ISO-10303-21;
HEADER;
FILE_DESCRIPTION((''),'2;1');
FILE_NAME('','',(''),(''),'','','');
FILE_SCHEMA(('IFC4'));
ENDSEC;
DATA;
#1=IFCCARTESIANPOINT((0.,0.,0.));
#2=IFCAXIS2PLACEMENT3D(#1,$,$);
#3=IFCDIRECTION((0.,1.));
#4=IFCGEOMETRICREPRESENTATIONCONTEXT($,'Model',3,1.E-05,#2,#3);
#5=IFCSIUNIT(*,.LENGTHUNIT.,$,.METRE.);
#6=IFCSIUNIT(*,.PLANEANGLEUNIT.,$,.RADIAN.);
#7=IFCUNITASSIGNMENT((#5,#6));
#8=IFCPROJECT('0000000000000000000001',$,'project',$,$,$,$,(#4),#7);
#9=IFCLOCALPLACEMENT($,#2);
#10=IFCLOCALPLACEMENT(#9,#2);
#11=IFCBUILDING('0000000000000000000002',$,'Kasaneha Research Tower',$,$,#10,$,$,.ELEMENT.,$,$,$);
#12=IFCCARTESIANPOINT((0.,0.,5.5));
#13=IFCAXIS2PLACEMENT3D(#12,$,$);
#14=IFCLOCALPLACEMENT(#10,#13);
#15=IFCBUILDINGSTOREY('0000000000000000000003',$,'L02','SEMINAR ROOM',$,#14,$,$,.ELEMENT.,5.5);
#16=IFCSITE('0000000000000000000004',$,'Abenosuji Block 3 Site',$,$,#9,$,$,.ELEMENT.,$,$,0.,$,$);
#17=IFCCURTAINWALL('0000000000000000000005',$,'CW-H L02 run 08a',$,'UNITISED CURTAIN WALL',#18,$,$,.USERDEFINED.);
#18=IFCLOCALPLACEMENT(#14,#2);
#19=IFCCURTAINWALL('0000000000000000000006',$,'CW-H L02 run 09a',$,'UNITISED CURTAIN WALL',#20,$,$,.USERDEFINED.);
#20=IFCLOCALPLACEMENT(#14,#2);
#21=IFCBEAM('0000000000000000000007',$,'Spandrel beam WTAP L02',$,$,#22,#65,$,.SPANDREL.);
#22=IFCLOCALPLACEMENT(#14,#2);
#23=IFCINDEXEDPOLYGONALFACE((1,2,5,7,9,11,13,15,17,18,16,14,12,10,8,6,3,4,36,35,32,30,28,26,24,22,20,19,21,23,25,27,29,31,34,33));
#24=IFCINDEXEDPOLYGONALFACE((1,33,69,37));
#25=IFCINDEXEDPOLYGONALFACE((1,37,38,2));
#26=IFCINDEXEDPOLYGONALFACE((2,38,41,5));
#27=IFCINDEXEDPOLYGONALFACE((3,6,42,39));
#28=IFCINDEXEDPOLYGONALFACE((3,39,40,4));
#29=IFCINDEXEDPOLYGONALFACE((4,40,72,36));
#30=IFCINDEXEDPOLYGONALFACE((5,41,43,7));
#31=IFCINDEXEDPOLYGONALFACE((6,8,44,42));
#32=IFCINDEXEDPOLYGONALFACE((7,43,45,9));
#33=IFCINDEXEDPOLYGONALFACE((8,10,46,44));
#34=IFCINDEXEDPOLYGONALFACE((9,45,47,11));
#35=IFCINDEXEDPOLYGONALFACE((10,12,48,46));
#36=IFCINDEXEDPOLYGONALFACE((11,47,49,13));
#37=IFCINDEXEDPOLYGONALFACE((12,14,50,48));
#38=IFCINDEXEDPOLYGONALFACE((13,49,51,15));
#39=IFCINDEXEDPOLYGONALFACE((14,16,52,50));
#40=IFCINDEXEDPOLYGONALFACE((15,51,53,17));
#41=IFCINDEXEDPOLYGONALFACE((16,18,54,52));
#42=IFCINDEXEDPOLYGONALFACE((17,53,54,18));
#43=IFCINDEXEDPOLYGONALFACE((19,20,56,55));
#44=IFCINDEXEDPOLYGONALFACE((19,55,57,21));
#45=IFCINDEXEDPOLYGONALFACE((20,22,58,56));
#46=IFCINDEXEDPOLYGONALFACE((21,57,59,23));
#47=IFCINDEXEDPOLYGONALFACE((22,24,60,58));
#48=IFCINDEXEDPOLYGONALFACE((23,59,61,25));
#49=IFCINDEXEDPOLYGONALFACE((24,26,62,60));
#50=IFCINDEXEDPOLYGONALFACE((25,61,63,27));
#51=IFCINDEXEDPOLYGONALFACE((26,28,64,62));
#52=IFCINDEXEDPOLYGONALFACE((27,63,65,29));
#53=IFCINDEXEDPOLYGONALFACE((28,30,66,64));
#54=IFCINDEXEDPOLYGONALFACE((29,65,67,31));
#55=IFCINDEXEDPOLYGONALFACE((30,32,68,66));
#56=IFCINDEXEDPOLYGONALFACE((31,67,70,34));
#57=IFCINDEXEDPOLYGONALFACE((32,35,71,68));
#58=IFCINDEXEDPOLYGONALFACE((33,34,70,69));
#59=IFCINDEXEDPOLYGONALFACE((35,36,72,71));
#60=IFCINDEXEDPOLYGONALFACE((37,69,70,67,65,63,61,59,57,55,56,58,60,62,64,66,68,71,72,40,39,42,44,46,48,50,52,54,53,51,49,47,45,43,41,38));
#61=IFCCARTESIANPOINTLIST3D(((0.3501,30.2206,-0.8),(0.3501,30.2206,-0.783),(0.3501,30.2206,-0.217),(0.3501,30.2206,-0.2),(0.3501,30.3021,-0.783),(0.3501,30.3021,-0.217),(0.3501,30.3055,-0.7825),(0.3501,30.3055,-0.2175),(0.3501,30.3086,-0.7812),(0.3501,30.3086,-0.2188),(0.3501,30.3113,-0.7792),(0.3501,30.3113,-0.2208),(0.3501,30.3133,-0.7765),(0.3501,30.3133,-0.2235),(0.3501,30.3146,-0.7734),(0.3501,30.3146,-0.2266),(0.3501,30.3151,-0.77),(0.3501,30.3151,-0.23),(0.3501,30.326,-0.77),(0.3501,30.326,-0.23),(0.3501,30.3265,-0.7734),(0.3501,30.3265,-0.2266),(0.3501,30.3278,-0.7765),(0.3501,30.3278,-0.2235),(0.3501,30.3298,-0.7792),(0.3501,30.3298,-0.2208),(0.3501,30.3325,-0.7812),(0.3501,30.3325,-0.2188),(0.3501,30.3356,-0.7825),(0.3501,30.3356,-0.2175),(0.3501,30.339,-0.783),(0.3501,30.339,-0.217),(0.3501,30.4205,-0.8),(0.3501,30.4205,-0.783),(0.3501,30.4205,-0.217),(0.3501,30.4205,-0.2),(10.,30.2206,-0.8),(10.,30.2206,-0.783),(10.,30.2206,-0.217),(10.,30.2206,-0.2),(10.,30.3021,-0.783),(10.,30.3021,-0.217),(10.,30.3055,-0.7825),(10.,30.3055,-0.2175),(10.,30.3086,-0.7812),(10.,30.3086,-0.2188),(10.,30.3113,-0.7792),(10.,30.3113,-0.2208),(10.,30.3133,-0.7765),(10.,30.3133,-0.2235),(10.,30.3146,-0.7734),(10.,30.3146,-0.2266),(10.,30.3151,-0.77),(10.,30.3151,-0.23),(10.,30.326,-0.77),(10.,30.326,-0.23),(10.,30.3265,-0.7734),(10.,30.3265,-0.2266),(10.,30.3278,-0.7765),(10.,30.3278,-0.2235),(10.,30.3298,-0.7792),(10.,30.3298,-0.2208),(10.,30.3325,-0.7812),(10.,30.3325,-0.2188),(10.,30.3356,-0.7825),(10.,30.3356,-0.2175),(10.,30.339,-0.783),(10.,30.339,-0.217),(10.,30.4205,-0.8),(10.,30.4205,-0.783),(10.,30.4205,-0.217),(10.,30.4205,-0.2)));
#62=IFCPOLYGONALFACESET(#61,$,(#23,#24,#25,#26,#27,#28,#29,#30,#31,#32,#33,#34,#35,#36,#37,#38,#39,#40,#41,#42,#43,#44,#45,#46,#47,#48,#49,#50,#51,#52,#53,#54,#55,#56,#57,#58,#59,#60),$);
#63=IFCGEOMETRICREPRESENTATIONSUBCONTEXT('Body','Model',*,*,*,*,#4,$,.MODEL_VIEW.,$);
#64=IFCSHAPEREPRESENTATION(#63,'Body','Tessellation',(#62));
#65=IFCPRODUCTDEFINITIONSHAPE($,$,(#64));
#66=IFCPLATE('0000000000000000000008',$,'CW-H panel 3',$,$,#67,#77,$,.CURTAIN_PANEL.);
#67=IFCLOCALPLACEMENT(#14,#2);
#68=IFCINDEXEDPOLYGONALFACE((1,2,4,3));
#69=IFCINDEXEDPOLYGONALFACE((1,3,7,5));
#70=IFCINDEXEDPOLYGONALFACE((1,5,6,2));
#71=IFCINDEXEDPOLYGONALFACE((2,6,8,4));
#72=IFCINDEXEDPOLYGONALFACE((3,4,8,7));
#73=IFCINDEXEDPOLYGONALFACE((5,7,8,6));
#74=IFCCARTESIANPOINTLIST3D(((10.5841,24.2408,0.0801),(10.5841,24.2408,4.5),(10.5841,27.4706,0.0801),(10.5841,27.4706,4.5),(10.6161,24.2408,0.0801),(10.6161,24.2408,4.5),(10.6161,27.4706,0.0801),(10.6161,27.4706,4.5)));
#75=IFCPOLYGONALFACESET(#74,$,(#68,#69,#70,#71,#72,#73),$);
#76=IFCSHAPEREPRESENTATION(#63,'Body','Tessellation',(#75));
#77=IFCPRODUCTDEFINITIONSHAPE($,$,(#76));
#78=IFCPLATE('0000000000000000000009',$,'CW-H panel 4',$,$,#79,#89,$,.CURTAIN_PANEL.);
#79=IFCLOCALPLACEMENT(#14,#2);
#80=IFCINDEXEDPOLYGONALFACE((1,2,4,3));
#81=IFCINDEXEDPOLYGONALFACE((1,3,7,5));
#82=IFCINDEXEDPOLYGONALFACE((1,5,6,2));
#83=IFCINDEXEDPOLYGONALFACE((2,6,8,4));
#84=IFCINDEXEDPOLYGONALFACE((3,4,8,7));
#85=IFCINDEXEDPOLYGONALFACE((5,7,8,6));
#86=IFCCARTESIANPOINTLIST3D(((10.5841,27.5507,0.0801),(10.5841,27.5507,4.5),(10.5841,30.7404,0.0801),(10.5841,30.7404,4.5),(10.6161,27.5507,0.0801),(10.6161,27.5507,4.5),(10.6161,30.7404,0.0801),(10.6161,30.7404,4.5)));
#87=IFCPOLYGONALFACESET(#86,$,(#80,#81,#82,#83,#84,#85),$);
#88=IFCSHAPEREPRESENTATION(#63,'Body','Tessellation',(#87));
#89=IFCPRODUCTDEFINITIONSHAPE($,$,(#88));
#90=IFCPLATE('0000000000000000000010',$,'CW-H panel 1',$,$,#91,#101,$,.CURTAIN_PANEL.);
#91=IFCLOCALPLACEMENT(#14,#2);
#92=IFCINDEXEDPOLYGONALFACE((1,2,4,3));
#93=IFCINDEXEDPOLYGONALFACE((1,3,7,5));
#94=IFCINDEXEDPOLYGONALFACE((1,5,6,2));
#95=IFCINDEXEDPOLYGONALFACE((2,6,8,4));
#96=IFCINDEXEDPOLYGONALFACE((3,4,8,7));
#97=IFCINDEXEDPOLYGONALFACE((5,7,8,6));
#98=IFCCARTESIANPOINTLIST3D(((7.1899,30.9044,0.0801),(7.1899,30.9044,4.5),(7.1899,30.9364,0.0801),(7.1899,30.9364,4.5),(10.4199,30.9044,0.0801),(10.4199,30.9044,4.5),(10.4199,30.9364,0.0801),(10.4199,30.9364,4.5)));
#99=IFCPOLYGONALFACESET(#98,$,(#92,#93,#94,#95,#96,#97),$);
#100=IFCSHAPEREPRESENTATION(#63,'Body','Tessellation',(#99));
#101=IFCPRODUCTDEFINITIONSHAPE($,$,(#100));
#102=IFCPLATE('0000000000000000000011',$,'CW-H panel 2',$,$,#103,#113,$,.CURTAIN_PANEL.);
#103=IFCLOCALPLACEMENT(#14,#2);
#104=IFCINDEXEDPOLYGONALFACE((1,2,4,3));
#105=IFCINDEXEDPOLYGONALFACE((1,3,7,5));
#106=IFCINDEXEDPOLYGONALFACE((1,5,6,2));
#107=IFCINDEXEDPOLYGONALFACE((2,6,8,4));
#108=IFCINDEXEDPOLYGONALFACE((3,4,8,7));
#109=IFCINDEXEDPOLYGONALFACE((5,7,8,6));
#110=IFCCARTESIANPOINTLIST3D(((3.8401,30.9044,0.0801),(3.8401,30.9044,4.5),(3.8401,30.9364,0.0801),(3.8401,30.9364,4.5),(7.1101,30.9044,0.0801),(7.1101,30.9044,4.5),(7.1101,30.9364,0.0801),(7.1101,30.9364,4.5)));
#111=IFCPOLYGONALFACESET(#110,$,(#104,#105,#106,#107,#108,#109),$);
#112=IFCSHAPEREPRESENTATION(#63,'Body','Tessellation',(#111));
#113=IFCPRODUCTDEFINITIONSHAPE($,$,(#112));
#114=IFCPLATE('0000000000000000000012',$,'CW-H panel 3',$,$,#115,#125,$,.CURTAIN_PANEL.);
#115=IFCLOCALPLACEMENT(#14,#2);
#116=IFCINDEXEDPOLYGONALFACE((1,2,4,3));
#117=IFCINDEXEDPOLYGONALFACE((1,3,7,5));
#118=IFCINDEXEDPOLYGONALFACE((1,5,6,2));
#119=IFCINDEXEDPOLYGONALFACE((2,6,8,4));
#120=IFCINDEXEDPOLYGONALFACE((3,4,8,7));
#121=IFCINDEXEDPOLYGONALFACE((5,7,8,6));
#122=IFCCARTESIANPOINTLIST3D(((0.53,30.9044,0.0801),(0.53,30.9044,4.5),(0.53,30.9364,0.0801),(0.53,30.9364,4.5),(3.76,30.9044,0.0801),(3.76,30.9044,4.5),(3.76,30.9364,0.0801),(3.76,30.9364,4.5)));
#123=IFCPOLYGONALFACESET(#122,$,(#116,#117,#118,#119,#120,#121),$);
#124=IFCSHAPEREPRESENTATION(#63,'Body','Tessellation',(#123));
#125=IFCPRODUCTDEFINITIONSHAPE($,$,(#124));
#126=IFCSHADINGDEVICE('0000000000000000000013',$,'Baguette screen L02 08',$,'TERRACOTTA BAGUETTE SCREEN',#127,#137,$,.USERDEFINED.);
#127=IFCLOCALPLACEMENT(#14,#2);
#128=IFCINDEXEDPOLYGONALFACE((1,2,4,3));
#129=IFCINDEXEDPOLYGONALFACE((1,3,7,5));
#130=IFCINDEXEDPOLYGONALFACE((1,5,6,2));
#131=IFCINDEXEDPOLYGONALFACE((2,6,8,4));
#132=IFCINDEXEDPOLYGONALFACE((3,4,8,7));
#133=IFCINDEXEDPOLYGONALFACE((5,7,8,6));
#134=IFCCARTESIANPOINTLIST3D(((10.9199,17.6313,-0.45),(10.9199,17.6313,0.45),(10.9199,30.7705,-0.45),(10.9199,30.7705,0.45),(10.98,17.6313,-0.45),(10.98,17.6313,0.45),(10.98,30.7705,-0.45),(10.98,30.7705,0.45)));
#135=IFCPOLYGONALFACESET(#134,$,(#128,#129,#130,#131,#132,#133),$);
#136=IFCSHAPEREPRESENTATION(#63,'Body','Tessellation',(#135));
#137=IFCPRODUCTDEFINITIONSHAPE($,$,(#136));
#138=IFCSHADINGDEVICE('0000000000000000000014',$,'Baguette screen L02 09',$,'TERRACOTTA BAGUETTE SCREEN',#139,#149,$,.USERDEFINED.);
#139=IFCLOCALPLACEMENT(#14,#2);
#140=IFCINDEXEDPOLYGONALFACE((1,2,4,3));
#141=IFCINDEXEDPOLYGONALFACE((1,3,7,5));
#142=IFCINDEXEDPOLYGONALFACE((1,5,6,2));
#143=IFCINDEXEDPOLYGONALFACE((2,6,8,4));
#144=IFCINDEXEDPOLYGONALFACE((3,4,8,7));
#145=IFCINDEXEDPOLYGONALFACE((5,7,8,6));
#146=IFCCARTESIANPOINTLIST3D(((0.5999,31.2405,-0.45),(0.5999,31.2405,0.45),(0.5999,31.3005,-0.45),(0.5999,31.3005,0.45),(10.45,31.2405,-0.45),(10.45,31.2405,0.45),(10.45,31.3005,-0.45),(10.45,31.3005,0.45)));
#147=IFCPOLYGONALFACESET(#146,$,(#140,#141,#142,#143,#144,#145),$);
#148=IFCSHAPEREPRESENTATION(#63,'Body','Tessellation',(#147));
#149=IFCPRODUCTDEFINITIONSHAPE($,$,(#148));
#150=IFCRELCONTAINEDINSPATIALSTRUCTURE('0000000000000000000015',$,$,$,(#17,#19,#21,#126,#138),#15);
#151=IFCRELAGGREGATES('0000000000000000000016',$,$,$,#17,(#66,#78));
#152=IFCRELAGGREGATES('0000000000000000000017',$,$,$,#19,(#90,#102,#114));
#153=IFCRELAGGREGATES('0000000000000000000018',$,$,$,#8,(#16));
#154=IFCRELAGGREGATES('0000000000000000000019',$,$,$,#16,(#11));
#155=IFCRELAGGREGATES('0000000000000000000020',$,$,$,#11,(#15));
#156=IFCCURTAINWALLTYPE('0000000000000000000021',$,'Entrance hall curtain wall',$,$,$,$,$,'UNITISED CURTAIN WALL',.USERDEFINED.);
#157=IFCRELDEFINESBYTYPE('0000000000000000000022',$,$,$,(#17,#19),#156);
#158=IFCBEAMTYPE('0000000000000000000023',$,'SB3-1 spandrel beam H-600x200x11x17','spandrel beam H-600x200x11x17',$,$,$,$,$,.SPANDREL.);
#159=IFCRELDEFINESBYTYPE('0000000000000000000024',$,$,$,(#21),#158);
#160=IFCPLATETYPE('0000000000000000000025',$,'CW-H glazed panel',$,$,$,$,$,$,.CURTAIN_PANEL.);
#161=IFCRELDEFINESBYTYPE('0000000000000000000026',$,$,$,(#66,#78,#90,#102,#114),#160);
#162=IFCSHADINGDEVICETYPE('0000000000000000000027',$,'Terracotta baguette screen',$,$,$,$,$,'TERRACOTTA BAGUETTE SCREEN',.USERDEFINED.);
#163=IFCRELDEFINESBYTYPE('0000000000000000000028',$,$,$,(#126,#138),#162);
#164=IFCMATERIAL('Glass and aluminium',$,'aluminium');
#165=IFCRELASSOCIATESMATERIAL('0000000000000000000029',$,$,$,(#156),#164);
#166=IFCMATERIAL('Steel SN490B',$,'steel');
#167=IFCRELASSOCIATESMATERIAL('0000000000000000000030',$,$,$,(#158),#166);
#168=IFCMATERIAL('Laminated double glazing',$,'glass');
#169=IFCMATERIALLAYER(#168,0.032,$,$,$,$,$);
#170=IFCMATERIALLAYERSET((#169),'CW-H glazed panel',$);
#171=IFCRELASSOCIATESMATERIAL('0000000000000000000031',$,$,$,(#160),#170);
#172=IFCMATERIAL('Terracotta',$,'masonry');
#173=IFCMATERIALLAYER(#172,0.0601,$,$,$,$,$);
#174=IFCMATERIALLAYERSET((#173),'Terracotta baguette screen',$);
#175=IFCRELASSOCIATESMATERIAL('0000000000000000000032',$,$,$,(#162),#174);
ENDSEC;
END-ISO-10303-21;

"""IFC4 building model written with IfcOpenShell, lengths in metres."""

from ifc_helpers import new_model, si_unit, direction, frame, origin, origin_2d, place, context, subcontext, project, spatial, rectangle, i_section, extrude, material, layer, layer_set, material_profile, profile_set, type_object, element, aggregate, save


model = new_model("IFC4")

# Units and contexts
model_context = context("Model", 3, precision=1e-05, world=origin(), true_north=direction((0.0, 1.0)))
body_context = subcontext(model_context, "Body", "Model", "MODEL_VIEW")
ifc_project = project(units=[si_unit("LENGTHUNIT", "METRE"), si_unit("PLANEANGLEUNIT", "RADIAN")], contexts=[model_context])

# Site, building, storey
site_placement = place(None, origin())
site = spatial("IfcSite", under=ifc_project, at=site_placement, Name="Abenosuji Block 3 Site", CompositionType="ELEMENT", RefElevation=0.0)
building_placement = place(site_placement, origin())
building = spatial("IfcBuilding", under=site, at=building_placement, Name="Kasaneha Research Tower", CompositionType="ELEMENT")
storey_placement = place(building_placement, frame((0.0, 0.0, 5.5)))
storey = spatial("IfcBuildingStorey", under=building, at=storey_placement, Name="L02", Description="SEMINAR ROOM", CompositionType="ELEMENT", Elevation=5.5)

# Curtain walls
ifc_material_1 = material(Name="Glass and aluminium", Category="aluminium")
curtain_wall_type = type_object("IfcCurtainWallType", Name="Entrance hall curtain wall", ElementType="UNITISED CURTAIN WALL", PredefinedType="USERDEFINED", material=ifc_material_1)
curtain_wall_1_placement = place(storey_placement, origin())
curtain_wall_1 = element("IfcCurtainWall", 1, at=curtain_wall_1_placement, inside=storey, type_object=curtain_wall_type, Name="CW-H L02 run 08a", ObjectType="UNITISED CURTAIN WALL", PredefinedType="USERDEFINED")
curtain_wall_2_placement = place(storey_placement, origin())
curtain_wall_2 = element("IfcCurtainWall", 2, at=curtain_wall_2_placement, inside=storey, type_object=curtain_wall_type, Name="CW-H L02 run 09a", ObjectType="UNITISED CURTAIN WALL", PredefinedType="USERDEFINED")

# Beam
ifc_material_2 = material(Name="Steel SN490B", Category="steel")
ifc_material_profile_1 = material_profile(ifc_material_2, i_section(OverallWidth=0.2, OverallDepth=0.6001, WebThickness=0.011, FlangeThickness=0.0171, FilletRadius=0.0129, at=origin_2d()), Name="H-600x200x11x17")
ifc_profile_set_1 = profile_set([ifc_material_profile_1], Name="Steel SN490B")
beam_type_1 = type_object("IfcBeamType", Name="SB3-1 spandrel beam H-600x200x11x17", Description="spandrel beam H-600x200x11x17", PredefinedType="SPANDREL", material=ifc_profile_set_1)
beam_1_placement = place(storey_placement, frame((10.0, 30.3206, -0.5), z_axis=(-1.0, 0.0, 0.0), x_axis=(0.0, -1.0, 0.0)))
element("IfcBeam", 3, at=beam_1_placement, inside=storey, type_object=beam_type_1, Name="Spandrel beam WTAP L02", PredefinedType="SPANDREL", context=body_context, shape_type="SweptSolid", body=[
    extrude(i_section(OverallWidth=0.2, OverallDepth=0.6001, WebThickness=0.011, FlangeThickness=0.0171, FilletRadius=0.0129, at=origin_2d()), origin(), (0.0, 0.0, 1.0), 9.6499),
])

# Plates
ifc_material_3 = material(Name="Laminated double glazing", Category="glass")
ifc_layer_1 = layer(ifc_material_3, 0.032)
ifc_layer_set_1 = layer_set([ifc_layer_1], Name="CW-H glazed panel")
plate_type = type_object("IfcPlateType", Name="CW-H glazed panel", PredefinedType="CURTAIN_PANEL", material=ifc_layer_set_1)
plate_1_placement = place(storey_placement, frame((10.6001, 25.8557, 0.0801), z_axis=(0.0, 0.0, 1.0), x_axis=(0.0, 1.0, 0.0)))
plate_1 = element("IfcPlate", 4, at=plate_1_placement, type_object=plate_type, Name="CW-H panel 3", PredefinedType="CURTAIN_PANEL", context=body_context, shape_type="SweptSolid", body=[
    extrude(rectangle(XDim=3.2297, YDim=0.032, at=origin_2d()), origin(), (0.0, 0.0, 1.0), 4.4199),
])
plate_2_placement = place(storey_placement, frame((10.6001, 29.1455, 0.0801), z_axis=(0.0, 0.0, 1.0), x_axis=(0.0, 1.0, 0.0)))
plate_2 = element("IfcPlate", 5, at=plate_2_placement, type_object=plate_type, Name="CW-H panel 4", PredefinedType="CURTAIN_PANEL", context=body_context, shape_type="SweptSolid", body=[
    extrude(rectangle(XDim=3.1897, YDim=0.032, at=origin_2d()), origin(), (0.0, 0.0, 1.0), 4.4199),
])
aggregate(curtain_wall_1, [plate_1, plate_2])
plate_3_placement = place(storey_placement, frame((8.8049, 30.9204, 0.0801), z_axis=(0.0, 0.0, 1.0), x_axis=(-1.0, 0.0, 0.0)))
plate_3 = element("IfcPlate", 6, at=plate_3_placement, type_object=plate_type, Name="CW-H panel 1", PredefinedType="CURTAIN_PANEL", context=body_context, shape_type="SweptSolid", body=[
    extrude(rectangle(XDim=3.23, YDim=0.032, at=origin_2d()), origin(), (0.0, 0.0, 1.0), 4.4199),
])
plate_4_placement = place(storey_placement, frame((5.4751, 30.9204, 0.0801), z_axis=(0.0, 0.0, 1.0), x_axis=(-1.0, 0.0, 0.0)))
plate_4 = element("IfcPlate", 7, at=plate_4_placement, type_object=plate_type, Name="CW-H panel 2", PredefinedType="CURTAIN_PANEL", context=body_context, shape_type="SweptSolid", body=[
    extrude(rectangle(XDim=3.27, YDim=0.032, at=origin_2d()), origin(), (0.0, 0.0, 1.0), 4.4199),
])
plate_5_placement = place(storey_placement, frame((2.145, 30.9204, 0.0801), z_axis=(0.0, 0.0, 1.0), x_axis=(-1.0, 0.0, 0.0)))
plate_5 = element("IfcPlate", 8, at=plate_5_placement, type_object=plate_type, Name="CW-H panel 3", PredefinedType="CURTAIN_PANEL", context=body_context, shape_type="SweptSolid", body=[
    extrude(rectangle(XDim=3.23, YDim=0.032, at=origin_2d()), origin(), (0.0, 0.0, 1.0), 4.4199),
])
aggregate(curtain_wall_2, [plate_3, plate_4, plate_5])

# Shading devices
ifc_material_4 = material(Name="Terracotta", Category="masonry")
ifc_layer_2 = layer(ifc_material_4, 0.0601)
ifc_layer_set_2 = layer_set([ifc_layer_2], Name="Terracotta baguette screen")
shading_device_type = type_object("IfcShadingDeviceType", Name="Terracotta baguette screen", ElementType="TERRACOTTA BAGUETTE SCREEN", PredefinedType="USERDEFINED", material=ifc_layer_set_2)
shading_device_1_placement = place(storey_placement, frame((10.95, 24.2009, -0.45), z_axis=(0.0, 0.0, 1.0), x_axis=(0.0, 1.0, 0.0)))
element("IfcShadingDevice", 9, at=shading_device_1_placement, inside=storey, type_object=shading_device_type, Name="Baguette screen L02 08", ObjectType="TERRACOTTA BAGUETTE SCREEN", PredefinedType="USERDEFINED", context=body_context, shape_type="SweptSolid", body=[
    extrude(rectangle(XDim=13.1392, YDim=0.0601, at=origin_2d()), origin(), (0.0, 0.0, 1.0), 0.8999),
])
shading_device_2_placement = place(storey_placement, frame((5.5249, 31.2705, -0.45), z_axis=(0.0, 0.0, 1.0), x_axis=(-1.0, 0.0, 0.0)))
element("IfcShadingDevice", 10, at=shading_device_2_placement, inside=storey, type_object=shading_device_type, Name="Baguette screen L02 09", ObjectType="TERRACOTTA BAGUETTE SCREEN", PredefinedType="USERDEFINED", context=body_context, shape_type="SweptSolid", body=[
    extrude(rectangle(XDim=9.8501, YDim=0.0601, at=origin_2d()), origin(), (0.0, 0.0, 1.0), 0.8999),
])

save(model, "model.ifc")
